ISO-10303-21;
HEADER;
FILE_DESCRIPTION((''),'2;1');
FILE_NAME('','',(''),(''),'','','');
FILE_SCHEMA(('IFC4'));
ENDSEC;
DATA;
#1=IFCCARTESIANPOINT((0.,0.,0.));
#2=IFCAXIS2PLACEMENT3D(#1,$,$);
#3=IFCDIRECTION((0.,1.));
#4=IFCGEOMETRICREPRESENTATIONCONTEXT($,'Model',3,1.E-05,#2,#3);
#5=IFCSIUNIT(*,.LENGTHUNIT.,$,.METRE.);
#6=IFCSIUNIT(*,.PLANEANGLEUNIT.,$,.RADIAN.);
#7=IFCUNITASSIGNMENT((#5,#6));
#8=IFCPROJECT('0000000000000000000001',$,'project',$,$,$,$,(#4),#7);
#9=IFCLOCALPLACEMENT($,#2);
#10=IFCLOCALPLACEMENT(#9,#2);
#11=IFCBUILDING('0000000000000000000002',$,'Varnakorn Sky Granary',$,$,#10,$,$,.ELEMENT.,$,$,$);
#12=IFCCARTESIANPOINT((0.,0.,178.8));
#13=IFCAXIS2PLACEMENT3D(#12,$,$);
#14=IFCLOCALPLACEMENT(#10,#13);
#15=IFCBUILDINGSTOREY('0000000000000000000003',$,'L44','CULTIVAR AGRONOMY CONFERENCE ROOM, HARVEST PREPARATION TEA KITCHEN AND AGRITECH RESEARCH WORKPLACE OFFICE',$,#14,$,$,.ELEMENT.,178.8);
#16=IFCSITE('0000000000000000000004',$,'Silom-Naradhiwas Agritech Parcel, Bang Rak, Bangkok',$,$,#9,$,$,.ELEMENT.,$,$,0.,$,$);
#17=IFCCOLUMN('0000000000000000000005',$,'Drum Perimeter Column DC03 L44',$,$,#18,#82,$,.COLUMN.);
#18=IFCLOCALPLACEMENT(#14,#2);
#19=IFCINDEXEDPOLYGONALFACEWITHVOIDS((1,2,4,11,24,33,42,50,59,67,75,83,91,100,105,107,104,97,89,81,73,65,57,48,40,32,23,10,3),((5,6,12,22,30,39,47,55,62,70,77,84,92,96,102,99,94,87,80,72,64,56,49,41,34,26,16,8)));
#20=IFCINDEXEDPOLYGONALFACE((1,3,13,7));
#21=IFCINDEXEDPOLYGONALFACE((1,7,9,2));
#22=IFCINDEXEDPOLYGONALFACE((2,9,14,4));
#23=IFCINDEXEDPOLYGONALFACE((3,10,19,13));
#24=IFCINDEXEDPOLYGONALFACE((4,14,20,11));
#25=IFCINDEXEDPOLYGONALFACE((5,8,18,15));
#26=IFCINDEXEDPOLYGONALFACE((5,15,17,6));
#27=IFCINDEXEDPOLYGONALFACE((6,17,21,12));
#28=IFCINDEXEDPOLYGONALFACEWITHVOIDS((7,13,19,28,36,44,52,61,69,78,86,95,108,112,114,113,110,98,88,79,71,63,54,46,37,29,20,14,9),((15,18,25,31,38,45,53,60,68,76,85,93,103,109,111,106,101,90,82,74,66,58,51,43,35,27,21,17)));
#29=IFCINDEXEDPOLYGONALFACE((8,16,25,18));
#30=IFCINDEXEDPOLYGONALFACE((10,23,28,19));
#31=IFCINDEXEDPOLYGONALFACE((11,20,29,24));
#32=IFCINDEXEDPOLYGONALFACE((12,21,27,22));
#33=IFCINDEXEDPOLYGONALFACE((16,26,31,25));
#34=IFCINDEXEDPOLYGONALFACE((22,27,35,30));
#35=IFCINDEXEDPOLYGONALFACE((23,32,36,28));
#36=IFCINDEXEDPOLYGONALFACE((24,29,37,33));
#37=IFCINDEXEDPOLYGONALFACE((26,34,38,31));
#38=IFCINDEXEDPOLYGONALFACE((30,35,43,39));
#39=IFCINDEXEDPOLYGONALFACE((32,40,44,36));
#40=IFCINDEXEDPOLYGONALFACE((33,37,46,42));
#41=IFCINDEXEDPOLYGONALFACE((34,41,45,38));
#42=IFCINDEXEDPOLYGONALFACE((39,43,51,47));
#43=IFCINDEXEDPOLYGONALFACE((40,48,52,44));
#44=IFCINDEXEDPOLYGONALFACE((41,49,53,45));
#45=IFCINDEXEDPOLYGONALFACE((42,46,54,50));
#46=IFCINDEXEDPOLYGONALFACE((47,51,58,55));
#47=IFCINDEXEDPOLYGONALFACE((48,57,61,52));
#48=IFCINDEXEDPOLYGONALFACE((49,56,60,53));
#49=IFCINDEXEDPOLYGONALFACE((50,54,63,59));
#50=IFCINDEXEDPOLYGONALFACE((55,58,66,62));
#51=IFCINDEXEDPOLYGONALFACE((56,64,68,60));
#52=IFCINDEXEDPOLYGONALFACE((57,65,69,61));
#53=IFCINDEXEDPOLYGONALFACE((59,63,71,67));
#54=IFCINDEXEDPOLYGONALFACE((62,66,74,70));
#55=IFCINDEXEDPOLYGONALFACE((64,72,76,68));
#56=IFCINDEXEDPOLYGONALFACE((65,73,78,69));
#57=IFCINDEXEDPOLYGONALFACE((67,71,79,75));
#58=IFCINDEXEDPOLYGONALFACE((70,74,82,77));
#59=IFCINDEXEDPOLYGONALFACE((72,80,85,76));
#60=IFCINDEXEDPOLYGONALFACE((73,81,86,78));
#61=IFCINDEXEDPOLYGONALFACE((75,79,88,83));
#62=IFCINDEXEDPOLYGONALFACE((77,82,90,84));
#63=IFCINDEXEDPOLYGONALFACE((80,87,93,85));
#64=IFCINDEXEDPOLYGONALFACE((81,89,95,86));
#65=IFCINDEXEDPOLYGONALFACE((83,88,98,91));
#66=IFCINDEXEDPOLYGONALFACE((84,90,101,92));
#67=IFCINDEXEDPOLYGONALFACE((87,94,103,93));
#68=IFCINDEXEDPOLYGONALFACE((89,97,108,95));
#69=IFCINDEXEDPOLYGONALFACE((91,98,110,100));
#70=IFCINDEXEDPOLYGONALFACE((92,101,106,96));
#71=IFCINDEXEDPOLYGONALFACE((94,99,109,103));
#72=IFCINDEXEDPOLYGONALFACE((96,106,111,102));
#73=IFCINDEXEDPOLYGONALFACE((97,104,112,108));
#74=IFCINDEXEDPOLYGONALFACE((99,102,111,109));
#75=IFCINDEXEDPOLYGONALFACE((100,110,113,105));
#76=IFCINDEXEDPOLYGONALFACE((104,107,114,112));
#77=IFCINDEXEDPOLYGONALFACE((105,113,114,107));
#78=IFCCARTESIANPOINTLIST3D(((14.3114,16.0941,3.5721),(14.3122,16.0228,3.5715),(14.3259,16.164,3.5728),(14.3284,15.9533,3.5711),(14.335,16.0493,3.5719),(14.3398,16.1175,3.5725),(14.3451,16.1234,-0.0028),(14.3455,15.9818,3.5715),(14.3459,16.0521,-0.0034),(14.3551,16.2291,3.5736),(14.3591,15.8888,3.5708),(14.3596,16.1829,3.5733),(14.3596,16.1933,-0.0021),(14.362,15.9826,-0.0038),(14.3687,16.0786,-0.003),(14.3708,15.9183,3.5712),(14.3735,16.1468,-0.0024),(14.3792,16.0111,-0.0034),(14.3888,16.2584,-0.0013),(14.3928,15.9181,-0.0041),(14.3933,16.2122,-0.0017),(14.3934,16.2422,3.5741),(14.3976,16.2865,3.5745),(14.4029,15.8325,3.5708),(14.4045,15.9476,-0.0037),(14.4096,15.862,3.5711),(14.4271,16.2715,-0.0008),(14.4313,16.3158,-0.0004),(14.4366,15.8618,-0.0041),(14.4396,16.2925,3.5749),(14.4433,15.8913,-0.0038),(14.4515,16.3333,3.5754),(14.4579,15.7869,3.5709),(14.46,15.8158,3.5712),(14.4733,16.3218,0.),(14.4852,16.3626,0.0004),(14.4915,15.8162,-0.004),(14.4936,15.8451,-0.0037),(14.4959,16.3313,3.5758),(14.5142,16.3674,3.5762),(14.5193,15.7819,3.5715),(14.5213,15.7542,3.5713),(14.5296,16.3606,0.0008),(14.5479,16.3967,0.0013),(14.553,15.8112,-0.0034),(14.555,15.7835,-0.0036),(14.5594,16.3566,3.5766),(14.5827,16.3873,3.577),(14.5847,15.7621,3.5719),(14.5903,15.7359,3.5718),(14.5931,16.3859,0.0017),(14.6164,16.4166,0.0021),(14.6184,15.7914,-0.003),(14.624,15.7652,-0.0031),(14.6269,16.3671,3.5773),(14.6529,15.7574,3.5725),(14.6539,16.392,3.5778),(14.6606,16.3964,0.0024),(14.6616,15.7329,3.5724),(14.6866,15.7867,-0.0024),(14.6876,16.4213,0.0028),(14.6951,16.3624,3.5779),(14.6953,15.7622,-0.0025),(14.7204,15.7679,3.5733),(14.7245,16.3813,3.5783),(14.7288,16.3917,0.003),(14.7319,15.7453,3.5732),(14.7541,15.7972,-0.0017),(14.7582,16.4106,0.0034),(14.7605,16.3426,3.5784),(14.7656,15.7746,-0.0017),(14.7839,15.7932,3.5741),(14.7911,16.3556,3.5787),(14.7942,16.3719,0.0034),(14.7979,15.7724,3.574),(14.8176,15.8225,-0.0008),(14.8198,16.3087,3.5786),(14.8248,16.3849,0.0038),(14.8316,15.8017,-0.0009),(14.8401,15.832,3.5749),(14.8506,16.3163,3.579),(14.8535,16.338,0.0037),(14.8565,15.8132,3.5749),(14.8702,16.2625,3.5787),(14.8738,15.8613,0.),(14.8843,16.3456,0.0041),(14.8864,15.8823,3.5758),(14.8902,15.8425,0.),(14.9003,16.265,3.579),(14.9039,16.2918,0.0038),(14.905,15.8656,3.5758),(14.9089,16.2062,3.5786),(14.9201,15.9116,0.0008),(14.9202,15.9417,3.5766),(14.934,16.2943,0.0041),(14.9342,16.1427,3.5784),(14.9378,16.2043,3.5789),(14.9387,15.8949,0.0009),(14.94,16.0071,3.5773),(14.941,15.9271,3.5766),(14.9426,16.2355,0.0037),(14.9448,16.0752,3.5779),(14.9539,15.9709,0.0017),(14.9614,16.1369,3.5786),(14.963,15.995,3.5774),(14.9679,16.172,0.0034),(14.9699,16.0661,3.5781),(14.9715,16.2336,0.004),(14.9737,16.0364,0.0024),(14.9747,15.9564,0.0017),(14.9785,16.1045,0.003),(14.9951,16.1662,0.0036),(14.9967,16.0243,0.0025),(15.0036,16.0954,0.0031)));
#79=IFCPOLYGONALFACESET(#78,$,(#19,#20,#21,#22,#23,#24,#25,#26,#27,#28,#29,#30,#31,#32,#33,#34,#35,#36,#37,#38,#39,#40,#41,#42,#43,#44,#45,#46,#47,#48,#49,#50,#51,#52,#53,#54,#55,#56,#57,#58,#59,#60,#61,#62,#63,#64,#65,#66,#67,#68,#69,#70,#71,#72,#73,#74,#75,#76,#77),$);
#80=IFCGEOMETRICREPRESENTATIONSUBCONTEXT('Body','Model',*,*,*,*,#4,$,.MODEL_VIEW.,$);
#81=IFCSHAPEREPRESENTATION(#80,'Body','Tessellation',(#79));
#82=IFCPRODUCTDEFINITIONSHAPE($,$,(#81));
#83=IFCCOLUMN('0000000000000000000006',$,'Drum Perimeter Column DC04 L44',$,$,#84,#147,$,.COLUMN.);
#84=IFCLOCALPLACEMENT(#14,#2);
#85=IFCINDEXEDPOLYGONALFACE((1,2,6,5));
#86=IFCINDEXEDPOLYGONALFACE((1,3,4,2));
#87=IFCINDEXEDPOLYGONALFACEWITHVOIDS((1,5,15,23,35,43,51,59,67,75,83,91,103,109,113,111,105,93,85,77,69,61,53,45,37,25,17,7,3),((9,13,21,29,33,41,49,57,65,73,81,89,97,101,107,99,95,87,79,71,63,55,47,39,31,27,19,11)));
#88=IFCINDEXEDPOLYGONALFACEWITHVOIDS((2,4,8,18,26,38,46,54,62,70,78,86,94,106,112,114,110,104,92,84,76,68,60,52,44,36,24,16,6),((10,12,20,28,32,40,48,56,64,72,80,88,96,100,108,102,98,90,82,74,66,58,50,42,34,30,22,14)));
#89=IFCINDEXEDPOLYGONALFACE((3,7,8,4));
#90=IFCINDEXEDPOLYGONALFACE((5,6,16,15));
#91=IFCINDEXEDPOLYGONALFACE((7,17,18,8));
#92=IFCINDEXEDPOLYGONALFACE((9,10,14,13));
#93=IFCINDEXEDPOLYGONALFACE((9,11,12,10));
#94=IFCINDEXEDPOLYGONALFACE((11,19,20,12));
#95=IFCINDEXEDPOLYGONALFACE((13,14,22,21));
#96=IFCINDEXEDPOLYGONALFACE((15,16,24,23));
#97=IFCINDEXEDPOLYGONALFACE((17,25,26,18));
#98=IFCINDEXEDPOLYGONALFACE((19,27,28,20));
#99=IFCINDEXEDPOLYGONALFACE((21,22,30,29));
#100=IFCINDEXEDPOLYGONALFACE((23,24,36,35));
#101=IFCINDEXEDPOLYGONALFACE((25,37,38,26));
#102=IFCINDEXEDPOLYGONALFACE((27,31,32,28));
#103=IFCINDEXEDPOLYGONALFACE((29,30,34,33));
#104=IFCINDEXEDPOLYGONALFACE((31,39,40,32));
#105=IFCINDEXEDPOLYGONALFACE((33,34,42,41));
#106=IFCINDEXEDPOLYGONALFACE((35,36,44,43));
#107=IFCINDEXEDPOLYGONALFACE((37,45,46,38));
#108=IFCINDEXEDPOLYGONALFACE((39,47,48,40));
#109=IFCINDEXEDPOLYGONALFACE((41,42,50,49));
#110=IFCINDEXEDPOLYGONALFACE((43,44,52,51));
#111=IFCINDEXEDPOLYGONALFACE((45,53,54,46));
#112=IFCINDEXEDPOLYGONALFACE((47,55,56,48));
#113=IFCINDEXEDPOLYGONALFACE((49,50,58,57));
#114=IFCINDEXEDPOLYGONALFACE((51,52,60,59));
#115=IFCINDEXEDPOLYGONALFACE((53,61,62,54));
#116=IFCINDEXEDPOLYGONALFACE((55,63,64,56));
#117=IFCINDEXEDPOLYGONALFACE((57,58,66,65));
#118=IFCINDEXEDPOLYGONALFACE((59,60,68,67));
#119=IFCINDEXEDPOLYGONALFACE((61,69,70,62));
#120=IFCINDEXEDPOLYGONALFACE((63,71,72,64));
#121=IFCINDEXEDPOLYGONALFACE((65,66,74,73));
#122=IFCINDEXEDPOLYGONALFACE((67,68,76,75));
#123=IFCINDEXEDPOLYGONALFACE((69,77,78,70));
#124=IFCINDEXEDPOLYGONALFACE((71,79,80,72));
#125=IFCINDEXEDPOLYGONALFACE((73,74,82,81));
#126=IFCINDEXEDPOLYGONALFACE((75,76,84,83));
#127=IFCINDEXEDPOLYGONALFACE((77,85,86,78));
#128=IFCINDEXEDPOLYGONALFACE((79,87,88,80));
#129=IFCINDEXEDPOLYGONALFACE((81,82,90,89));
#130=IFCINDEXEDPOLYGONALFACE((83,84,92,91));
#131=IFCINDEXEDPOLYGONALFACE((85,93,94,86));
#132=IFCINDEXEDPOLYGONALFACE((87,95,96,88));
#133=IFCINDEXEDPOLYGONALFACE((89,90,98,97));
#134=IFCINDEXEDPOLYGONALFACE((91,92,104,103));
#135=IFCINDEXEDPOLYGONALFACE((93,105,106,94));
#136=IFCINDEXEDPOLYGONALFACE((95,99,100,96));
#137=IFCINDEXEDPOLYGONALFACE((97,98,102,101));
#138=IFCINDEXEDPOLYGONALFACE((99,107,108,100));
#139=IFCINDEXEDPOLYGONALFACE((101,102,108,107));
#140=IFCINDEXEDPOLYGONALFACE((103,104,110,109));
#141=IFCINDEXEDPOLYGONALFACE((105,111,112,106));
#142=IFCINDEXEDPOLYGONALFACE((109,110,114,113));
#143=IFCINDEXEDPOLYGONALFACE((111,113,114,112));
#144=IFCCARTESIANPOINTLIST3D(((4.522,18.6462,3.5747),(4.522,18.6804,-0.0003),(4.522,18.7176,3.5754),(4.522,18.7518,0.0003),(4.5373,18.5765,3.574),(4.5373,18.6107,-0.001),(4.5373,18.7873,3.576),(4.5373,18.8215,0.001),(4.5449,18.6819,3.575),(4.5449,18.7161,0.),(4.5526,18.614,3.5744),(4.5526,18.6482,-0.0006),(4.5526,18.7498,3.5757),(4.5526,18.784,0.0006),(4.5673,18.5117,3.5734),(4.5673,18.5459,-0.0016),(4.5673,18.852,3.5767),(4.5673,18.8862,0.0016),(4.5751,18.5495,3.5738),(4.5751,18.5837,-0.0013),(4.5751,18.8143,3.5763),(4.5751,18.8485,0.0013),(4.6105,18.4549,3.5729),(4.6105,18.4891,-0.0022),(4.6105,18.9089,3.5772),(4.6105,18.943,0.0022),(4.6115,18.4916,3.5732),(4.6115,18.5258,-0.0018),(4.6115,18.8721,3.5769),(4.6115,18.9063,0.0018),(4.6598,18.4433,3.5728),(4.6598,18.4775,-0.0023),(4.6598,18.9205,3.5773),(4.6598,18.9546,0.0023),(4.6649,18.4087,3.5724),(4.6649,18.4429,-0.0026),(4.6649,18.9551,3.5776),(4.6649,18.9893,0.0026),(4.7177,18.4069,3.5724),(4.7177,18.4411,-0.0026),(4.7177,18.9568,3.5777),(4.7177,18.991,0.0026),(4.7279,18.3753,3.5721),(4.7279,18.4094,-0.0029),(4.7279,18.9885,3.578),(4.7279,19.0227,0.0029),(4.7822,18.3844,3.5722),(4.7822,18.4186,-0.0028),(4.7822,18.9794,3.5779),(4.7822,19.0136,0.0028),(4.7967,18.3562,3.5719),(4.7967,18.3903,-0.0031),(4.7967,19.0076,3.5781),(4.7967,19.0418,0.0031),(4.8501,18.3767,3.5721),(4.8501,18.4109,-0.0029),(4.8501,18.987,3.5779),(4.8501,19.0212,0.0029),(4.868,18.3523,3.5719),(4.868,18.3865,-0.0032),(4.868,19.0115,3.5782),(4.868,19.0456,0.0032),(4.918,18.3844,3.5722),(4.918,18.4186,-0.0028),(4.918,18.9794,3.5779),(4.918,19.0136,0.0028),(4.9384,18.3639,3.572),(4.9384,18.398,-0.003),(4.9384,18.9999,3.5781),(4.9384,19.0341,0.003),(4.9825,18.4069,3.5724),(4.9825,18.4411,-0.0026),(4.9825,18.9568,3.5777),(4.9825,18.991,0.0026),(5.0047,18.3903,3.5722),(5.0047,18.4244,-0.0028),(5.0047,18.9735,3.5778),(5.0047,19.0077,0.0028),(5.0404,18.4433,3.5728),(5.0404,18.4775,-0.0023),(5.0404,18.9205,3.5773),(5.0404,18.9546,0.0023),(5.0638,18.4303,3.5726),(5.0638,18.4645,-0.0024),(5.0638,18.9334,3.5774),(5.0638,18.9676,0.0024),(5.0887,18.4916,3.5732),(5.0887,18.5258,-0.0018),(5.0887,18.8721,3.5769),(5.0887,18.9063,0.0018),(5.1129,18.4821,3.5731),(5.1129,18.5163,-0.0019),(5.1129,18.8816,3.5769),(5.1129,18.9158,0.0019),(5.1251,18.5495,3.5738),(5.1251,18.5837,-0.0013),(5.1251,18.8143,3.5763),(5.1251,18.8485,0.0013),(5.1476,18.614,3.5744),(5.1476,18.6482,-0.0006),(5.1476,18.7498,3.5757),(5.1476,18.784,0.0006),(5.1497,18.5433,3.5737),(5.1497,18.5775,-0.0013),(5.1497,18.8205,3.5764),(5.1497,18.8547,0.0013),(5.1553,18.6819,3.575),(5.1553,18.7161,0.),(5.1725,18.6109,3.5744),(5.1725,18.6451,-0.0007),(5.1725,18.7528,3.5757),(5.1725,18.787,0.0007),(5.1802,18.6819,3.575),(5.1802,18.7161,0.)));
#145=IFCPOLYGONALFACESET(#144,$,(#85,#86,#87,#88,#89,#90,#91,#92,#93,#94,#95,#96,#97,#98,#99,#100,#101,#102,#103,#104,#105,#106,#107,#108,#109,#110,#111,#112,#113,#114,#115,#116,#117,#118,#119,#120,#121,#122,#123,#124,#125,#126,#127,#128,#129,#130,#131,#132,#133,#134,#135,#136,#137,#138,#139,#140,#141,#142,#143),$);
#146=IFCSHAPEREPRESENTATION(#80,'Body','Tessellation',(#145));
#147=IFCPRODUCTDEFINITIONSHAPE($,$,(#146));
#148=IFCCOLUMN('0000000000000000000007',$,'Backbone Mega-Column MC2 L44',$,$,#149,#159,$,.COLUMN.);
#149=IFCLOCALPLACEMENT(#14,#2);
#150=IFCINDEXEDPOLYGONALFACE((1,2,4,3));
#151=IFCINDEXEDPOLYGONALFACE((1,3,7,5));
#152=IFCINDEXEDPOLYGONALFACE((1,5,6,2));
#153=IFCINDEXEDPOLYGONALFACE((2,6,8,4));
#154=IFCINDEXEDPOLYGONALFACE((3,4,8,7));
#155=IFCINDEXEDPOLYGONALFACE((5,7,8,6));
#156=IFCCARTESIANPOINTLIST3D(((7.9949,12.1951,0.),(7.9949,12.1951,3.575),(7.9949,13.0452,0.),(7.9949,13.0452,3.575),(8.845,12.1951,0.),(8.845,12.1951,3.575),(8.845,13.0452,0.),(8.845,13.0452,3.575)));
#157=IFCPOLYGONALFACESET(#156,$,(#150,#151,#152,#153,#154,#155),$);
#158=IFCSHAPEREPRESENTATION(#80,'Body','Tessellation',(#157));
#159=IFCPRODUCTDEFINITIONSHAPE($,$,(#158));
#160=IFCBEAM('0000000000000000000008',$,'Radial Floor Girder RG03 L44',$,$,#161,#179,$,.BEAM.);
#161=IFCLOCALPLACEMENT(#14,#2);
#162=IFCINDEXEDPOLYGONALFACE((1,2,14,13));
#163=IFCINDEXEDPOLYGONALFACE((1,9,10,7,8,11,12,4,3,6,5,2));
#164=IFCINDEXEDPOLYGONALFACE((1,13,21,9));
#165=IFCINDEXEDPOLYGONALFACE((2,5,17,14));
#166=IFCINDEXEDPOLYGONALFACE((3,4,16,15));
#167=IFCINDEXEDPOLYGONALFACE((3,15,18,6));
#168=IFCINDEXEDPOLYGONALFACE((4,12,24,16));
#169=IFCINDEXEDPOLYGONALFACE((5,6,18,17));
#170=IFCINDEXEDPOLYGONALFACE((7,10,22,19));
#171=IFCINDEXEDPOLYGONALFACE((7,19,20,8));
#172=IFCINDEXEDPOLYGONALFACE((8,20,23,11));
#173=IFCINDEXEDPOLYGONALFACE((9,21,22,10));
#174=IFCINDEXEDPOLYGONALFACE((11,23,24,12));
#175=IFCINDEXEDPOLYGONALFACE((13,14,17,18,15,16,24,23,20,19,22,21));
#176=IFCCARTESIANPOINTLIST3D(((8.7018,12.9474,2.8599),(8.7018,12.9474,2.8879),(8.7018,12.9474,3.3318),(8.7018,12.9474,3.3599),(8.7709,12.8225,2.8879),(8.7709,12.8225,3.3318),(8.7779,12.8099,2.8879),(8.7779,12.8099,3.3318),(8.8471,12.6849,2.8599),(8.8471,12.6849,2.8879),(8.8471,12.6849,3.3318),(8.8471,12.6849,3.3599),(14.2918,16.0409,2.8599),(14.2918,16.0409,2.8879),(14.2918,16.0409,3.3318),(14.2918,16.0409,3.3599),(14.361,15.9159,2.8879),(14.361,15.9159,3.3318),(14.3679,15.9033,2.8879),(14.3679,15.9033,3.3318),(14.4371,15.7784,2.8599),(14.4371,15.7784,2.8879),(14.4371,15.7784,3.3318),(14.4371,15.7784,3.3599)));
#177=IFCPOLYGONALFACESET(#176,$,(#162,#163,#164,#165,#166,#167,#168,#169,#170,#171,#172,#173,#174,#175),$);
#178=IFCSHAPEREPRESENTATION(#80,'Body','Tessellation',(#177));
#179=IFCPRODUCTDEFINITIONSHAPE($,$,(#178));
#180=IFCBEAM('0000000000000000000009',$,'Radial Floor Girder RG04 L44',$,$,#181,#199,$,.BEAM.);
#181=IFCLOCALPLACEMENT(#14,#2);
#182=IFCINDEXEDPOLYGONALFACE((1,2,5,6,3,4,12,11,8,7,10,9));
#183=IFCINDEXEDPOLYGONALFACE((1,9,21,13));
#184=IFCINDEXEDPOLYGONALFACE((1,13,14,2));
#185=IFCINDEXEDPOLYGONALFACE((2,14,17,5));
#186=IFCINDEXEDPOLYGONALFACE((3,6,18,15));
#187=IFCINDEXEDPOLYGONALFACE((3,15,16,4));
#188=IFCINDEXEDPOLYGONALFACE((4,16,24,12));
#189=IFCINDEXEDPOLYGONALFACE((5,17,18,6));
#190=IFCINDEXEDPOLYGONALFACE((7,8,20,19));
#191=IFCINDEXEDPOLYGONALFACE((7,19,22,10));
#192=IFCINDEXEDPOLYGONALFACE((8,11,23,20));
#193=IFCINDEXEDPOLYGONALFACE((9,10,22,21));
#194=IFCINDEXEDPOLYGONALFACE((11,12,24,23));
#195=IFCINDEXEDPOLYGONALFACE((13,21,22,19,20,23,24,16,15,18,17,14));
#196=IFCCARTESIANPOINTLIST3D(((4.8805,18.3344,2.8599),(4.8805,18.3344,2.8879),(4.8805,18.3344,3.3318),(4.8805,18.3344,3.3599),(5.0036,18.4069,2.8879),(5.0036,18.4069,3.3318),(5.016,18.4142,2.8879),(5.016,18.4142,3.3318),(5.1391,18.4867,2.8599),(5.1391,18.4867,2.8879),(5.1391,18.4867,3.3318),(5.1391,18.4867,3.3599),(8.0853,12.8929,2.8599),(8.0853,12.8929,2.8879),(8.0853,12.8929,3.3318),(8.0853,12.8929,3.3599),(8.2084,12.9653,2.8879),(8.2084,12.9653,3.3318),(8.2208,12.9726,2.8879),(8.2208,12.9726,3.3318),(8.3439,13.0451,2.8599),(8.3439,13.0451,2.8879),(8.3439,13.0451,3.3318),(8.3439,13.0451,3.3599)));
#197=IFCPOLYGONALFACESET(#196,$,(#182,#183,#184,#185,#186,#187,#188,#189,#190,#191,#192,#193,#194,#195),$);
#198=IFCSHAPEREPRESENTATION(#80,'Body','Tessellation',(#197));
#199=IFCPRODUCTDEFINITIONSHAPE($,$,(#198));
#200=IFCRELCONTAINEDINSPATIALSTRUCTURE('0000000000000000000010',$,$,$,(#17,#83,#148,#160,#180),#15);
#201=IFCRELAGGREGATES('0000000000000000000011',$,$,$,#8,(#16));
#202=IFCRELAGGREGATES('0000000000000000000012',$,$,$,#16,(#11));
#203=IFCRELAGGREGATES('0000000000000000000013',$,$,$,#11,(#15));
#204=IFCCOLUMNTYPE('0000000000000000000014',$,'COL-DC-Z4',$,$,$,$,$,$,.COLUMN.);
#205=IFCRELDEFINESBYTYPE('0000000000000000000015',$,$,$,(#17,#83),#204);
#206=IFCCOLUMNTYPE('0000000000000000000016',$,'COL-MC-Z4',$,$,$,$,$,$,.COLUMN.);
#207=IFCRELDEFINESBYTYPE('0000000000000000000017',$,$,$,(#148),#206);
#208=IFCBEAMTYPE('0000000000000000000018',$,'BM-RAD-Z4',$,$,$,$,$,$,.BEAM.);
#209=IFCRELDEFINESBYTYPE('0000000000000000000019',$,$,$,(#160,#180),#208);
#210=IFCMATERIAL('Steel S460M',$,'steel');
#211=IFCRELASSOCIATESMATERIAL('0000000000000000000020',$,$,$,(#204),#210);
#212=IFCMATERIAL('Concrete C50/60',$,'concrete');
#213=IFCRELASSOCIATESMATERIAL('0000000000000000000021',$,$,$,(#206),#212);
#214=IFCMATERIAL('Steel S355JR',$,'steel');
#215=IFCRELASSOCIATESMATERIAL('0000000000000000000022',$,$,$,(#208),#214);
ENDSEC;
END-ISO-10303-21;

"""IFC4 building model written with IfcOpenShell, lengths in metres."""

from ifc_helpers import new_model, si_unit, direction, frame, origin, origin_2d, place, context, subcontext, project, spatial, rectangle, hollow_circle, i_section, extrude, material, material_profile, profile_set, type_object, element, save


model = new_model("IFC4")

# Units and contexts
model_context = context("Model", 3, precision=1e-05, world=origin(), true_north=direction((0.0, 1.0)))
body_context = subcontext(model_context, "Body", "Model", "MODEL_VIEW")
ifc_project = project(units=[si_unit("LENGTHUNIT", "METRE"), si_unit("PLANEANGLEUNIT", "RADIAN")], contexts=[model_context])

# Site, building, storey
site_placement = place(None, origin())
site = spatial("IfcSite", under=ifc_project, at=site_placement, Name="Silom-Naradhiwas Agritech Parcel, Bang Rak, Bangkok", CompositionType="ELEMENT", RefElevation=0.0)
building_placement = place(site_placement, origin())
building = spatial("IfcBuilding", under=site, at=building_placement, Name="Varnakorn Sky Granary", CompositionType="ELEMENT")
storey_placement = place(building_placement, frame((0.0, 0.0, 178.8)))
storey = spatial("IfcBuildingStorey", under=building, at=storey_placement, Name="L44", Description="CULTIVAR AGRONOMY CONFERENCE ROOM, HARVEST PREPARATION TEA KITCHEN AND AGRITECH RESEARCH WORKPLACE OFFICE", CompositionType="ELEMENT", Elevation=178.8)

# Columns
ifc_material_1 = material(Name="Steel S460M", Category="steel")
ifc_material_profile_1 = material_profile(ifc_material_1, hollow_circle(Radius=0.3301, WallThickness=0.0249, at=origin_2d()), Name="CHS 660x25")
ifc_profile_set_1 = profile_set([ifc_material_profile_1], Name="Steel S460M")
column_type_1 = type_object("IfcColumnType", Name="COL-DC-Z4", PredefinedType="COLUMN", material=ifc_profile_set_1)
for number, where, z_axis, x_axis, name in (
    (1, (14.6736, 16.0916, 0.0), (-0.009424, -0.008194, 0.999922), (0.656179, -0.754606, 0.0), "Drum Perimeter Column DC03 L44"),
    (2, (4.8501, 18.7161, 0.0), (0.0, -0.00956, 0.999954), (1.0, 0.0, 0.0), "Drum Perimeter Column DC04 L44"),
):
    element("IfcColumn", number, at=place(storey_placement, frame(where, z_axis=z_axis, x_axis=x_axis)), inside=storey, type_object=column_type_1, Name=name, PredefinedType="COLUMN", context=body_context, shape_type="SweptSolid", body=[
        extrude(hollow_circle(Radius=0.3301, WallThickness=0.0249, at=origin_2d()), origin(), (0.0, 0.0, 1.0), 3.5752),
    ])
ifc_material_2 = material(Name="Concrete C50/60", Category="concrete")
ifc_material_profile_2 = material_profile(ifc_material_2, rectangle(XDim=0.8501, YDim=0.8501, at=origin_2d()), Name="RC 850x850")
ifc_profile_set_2 = profile_set([ifc_material_profile_2], Name="Concrete C50/60")
column_type_2 = type_object("IfcColumnType", Name="COL-MC-Z4", PredefinedType="COLUMN", material=ifc_profile_set_2)
column_placement = place(storey_placement, frame((8.4199, 12.6201, 0.0), z_axis=(0.0, 0.0, 1.0), x_axis=(1.0, 0.0, 0.0)))
element("IfcColumn", 3, at=column_placement, inside=storey, type_object=column_type_2, Name="Backbone Mega-Column MC2 L44", PredefinedType="COLUMN", context=body_context, shape_type="SweptSolid", body=[
    extrude(rectangle(XDim=0.8501, YDim=0.8501, at=origin_2d()), origin(), (0.0, 0.0, 1.0), 3.575),
])

# Beams
ifc_material_3 = material(Name="Steel S355JR", Category="steel")
ifc_material_profile_3 = material_profile(ifc_material_3, i_section(OverallWidth=0.3, OverallDepth=0.5, WebThickness=0.0144, FlangeThickness=0.0281, at=origin_2d()), Name="HE 500 B")
ifc_profile_set_3 = profile_set([ifc_material_profile_3], Name="Steel S355JR")
beam_type_1 = type_object("IfcBeamType", Name="BM-RAD-Z4", PredefinedType="BEAM", material=ifc_profile_set_3)
beam_1_placement = place(storey_placement, frame((8.7744, 12.8162, 3.1099), z_axis=(0.87496, 0.484195, 0.0), x_axis=(-0.484195, 0.87496, 0.0)))
element("IfcBeam", 4, at=beam_1_placement, inside=storey, type_object=beam_type_1, Name="Radial Floor Girder RG03 L44", PredefinedType="BEAM", context=body_context, shape_type="SweptSolid", body=[
    extrude(i_section(OverallWidth=0.3, OverallDepth=0.5, WebThickness=0.0144, FlangeThickness=0.0281, at=origin_2d()), origin(), (0.0, 0.0, 1.0), 6.3889),
])
beam_2_placement = place(storey_placement, frame((8.2146, 12.969, 3.1099), z_axis=(-0.507475, 0.861667, 0.0), x_axis=(-0.861667, -0.507475, 0.0)))
element("IfcBeam", 5, at=beam_2_placement, inside=storey, type_object=beam_type_1, Name="Radial Floor Girder RG04 L44", PredefinedType="BEAM", context=body_context, shape_type="SweptSolid", body=[
    extrude(i_section(OverallWidth=0.3, OverallDepth=0.5, WebThickness=0.0144, FlangeThickness=0.0281, at=origin_2d()), origin(), (0.0, 0.0, 1.0), 6.3152),
])

save(model, "model.ifc")
